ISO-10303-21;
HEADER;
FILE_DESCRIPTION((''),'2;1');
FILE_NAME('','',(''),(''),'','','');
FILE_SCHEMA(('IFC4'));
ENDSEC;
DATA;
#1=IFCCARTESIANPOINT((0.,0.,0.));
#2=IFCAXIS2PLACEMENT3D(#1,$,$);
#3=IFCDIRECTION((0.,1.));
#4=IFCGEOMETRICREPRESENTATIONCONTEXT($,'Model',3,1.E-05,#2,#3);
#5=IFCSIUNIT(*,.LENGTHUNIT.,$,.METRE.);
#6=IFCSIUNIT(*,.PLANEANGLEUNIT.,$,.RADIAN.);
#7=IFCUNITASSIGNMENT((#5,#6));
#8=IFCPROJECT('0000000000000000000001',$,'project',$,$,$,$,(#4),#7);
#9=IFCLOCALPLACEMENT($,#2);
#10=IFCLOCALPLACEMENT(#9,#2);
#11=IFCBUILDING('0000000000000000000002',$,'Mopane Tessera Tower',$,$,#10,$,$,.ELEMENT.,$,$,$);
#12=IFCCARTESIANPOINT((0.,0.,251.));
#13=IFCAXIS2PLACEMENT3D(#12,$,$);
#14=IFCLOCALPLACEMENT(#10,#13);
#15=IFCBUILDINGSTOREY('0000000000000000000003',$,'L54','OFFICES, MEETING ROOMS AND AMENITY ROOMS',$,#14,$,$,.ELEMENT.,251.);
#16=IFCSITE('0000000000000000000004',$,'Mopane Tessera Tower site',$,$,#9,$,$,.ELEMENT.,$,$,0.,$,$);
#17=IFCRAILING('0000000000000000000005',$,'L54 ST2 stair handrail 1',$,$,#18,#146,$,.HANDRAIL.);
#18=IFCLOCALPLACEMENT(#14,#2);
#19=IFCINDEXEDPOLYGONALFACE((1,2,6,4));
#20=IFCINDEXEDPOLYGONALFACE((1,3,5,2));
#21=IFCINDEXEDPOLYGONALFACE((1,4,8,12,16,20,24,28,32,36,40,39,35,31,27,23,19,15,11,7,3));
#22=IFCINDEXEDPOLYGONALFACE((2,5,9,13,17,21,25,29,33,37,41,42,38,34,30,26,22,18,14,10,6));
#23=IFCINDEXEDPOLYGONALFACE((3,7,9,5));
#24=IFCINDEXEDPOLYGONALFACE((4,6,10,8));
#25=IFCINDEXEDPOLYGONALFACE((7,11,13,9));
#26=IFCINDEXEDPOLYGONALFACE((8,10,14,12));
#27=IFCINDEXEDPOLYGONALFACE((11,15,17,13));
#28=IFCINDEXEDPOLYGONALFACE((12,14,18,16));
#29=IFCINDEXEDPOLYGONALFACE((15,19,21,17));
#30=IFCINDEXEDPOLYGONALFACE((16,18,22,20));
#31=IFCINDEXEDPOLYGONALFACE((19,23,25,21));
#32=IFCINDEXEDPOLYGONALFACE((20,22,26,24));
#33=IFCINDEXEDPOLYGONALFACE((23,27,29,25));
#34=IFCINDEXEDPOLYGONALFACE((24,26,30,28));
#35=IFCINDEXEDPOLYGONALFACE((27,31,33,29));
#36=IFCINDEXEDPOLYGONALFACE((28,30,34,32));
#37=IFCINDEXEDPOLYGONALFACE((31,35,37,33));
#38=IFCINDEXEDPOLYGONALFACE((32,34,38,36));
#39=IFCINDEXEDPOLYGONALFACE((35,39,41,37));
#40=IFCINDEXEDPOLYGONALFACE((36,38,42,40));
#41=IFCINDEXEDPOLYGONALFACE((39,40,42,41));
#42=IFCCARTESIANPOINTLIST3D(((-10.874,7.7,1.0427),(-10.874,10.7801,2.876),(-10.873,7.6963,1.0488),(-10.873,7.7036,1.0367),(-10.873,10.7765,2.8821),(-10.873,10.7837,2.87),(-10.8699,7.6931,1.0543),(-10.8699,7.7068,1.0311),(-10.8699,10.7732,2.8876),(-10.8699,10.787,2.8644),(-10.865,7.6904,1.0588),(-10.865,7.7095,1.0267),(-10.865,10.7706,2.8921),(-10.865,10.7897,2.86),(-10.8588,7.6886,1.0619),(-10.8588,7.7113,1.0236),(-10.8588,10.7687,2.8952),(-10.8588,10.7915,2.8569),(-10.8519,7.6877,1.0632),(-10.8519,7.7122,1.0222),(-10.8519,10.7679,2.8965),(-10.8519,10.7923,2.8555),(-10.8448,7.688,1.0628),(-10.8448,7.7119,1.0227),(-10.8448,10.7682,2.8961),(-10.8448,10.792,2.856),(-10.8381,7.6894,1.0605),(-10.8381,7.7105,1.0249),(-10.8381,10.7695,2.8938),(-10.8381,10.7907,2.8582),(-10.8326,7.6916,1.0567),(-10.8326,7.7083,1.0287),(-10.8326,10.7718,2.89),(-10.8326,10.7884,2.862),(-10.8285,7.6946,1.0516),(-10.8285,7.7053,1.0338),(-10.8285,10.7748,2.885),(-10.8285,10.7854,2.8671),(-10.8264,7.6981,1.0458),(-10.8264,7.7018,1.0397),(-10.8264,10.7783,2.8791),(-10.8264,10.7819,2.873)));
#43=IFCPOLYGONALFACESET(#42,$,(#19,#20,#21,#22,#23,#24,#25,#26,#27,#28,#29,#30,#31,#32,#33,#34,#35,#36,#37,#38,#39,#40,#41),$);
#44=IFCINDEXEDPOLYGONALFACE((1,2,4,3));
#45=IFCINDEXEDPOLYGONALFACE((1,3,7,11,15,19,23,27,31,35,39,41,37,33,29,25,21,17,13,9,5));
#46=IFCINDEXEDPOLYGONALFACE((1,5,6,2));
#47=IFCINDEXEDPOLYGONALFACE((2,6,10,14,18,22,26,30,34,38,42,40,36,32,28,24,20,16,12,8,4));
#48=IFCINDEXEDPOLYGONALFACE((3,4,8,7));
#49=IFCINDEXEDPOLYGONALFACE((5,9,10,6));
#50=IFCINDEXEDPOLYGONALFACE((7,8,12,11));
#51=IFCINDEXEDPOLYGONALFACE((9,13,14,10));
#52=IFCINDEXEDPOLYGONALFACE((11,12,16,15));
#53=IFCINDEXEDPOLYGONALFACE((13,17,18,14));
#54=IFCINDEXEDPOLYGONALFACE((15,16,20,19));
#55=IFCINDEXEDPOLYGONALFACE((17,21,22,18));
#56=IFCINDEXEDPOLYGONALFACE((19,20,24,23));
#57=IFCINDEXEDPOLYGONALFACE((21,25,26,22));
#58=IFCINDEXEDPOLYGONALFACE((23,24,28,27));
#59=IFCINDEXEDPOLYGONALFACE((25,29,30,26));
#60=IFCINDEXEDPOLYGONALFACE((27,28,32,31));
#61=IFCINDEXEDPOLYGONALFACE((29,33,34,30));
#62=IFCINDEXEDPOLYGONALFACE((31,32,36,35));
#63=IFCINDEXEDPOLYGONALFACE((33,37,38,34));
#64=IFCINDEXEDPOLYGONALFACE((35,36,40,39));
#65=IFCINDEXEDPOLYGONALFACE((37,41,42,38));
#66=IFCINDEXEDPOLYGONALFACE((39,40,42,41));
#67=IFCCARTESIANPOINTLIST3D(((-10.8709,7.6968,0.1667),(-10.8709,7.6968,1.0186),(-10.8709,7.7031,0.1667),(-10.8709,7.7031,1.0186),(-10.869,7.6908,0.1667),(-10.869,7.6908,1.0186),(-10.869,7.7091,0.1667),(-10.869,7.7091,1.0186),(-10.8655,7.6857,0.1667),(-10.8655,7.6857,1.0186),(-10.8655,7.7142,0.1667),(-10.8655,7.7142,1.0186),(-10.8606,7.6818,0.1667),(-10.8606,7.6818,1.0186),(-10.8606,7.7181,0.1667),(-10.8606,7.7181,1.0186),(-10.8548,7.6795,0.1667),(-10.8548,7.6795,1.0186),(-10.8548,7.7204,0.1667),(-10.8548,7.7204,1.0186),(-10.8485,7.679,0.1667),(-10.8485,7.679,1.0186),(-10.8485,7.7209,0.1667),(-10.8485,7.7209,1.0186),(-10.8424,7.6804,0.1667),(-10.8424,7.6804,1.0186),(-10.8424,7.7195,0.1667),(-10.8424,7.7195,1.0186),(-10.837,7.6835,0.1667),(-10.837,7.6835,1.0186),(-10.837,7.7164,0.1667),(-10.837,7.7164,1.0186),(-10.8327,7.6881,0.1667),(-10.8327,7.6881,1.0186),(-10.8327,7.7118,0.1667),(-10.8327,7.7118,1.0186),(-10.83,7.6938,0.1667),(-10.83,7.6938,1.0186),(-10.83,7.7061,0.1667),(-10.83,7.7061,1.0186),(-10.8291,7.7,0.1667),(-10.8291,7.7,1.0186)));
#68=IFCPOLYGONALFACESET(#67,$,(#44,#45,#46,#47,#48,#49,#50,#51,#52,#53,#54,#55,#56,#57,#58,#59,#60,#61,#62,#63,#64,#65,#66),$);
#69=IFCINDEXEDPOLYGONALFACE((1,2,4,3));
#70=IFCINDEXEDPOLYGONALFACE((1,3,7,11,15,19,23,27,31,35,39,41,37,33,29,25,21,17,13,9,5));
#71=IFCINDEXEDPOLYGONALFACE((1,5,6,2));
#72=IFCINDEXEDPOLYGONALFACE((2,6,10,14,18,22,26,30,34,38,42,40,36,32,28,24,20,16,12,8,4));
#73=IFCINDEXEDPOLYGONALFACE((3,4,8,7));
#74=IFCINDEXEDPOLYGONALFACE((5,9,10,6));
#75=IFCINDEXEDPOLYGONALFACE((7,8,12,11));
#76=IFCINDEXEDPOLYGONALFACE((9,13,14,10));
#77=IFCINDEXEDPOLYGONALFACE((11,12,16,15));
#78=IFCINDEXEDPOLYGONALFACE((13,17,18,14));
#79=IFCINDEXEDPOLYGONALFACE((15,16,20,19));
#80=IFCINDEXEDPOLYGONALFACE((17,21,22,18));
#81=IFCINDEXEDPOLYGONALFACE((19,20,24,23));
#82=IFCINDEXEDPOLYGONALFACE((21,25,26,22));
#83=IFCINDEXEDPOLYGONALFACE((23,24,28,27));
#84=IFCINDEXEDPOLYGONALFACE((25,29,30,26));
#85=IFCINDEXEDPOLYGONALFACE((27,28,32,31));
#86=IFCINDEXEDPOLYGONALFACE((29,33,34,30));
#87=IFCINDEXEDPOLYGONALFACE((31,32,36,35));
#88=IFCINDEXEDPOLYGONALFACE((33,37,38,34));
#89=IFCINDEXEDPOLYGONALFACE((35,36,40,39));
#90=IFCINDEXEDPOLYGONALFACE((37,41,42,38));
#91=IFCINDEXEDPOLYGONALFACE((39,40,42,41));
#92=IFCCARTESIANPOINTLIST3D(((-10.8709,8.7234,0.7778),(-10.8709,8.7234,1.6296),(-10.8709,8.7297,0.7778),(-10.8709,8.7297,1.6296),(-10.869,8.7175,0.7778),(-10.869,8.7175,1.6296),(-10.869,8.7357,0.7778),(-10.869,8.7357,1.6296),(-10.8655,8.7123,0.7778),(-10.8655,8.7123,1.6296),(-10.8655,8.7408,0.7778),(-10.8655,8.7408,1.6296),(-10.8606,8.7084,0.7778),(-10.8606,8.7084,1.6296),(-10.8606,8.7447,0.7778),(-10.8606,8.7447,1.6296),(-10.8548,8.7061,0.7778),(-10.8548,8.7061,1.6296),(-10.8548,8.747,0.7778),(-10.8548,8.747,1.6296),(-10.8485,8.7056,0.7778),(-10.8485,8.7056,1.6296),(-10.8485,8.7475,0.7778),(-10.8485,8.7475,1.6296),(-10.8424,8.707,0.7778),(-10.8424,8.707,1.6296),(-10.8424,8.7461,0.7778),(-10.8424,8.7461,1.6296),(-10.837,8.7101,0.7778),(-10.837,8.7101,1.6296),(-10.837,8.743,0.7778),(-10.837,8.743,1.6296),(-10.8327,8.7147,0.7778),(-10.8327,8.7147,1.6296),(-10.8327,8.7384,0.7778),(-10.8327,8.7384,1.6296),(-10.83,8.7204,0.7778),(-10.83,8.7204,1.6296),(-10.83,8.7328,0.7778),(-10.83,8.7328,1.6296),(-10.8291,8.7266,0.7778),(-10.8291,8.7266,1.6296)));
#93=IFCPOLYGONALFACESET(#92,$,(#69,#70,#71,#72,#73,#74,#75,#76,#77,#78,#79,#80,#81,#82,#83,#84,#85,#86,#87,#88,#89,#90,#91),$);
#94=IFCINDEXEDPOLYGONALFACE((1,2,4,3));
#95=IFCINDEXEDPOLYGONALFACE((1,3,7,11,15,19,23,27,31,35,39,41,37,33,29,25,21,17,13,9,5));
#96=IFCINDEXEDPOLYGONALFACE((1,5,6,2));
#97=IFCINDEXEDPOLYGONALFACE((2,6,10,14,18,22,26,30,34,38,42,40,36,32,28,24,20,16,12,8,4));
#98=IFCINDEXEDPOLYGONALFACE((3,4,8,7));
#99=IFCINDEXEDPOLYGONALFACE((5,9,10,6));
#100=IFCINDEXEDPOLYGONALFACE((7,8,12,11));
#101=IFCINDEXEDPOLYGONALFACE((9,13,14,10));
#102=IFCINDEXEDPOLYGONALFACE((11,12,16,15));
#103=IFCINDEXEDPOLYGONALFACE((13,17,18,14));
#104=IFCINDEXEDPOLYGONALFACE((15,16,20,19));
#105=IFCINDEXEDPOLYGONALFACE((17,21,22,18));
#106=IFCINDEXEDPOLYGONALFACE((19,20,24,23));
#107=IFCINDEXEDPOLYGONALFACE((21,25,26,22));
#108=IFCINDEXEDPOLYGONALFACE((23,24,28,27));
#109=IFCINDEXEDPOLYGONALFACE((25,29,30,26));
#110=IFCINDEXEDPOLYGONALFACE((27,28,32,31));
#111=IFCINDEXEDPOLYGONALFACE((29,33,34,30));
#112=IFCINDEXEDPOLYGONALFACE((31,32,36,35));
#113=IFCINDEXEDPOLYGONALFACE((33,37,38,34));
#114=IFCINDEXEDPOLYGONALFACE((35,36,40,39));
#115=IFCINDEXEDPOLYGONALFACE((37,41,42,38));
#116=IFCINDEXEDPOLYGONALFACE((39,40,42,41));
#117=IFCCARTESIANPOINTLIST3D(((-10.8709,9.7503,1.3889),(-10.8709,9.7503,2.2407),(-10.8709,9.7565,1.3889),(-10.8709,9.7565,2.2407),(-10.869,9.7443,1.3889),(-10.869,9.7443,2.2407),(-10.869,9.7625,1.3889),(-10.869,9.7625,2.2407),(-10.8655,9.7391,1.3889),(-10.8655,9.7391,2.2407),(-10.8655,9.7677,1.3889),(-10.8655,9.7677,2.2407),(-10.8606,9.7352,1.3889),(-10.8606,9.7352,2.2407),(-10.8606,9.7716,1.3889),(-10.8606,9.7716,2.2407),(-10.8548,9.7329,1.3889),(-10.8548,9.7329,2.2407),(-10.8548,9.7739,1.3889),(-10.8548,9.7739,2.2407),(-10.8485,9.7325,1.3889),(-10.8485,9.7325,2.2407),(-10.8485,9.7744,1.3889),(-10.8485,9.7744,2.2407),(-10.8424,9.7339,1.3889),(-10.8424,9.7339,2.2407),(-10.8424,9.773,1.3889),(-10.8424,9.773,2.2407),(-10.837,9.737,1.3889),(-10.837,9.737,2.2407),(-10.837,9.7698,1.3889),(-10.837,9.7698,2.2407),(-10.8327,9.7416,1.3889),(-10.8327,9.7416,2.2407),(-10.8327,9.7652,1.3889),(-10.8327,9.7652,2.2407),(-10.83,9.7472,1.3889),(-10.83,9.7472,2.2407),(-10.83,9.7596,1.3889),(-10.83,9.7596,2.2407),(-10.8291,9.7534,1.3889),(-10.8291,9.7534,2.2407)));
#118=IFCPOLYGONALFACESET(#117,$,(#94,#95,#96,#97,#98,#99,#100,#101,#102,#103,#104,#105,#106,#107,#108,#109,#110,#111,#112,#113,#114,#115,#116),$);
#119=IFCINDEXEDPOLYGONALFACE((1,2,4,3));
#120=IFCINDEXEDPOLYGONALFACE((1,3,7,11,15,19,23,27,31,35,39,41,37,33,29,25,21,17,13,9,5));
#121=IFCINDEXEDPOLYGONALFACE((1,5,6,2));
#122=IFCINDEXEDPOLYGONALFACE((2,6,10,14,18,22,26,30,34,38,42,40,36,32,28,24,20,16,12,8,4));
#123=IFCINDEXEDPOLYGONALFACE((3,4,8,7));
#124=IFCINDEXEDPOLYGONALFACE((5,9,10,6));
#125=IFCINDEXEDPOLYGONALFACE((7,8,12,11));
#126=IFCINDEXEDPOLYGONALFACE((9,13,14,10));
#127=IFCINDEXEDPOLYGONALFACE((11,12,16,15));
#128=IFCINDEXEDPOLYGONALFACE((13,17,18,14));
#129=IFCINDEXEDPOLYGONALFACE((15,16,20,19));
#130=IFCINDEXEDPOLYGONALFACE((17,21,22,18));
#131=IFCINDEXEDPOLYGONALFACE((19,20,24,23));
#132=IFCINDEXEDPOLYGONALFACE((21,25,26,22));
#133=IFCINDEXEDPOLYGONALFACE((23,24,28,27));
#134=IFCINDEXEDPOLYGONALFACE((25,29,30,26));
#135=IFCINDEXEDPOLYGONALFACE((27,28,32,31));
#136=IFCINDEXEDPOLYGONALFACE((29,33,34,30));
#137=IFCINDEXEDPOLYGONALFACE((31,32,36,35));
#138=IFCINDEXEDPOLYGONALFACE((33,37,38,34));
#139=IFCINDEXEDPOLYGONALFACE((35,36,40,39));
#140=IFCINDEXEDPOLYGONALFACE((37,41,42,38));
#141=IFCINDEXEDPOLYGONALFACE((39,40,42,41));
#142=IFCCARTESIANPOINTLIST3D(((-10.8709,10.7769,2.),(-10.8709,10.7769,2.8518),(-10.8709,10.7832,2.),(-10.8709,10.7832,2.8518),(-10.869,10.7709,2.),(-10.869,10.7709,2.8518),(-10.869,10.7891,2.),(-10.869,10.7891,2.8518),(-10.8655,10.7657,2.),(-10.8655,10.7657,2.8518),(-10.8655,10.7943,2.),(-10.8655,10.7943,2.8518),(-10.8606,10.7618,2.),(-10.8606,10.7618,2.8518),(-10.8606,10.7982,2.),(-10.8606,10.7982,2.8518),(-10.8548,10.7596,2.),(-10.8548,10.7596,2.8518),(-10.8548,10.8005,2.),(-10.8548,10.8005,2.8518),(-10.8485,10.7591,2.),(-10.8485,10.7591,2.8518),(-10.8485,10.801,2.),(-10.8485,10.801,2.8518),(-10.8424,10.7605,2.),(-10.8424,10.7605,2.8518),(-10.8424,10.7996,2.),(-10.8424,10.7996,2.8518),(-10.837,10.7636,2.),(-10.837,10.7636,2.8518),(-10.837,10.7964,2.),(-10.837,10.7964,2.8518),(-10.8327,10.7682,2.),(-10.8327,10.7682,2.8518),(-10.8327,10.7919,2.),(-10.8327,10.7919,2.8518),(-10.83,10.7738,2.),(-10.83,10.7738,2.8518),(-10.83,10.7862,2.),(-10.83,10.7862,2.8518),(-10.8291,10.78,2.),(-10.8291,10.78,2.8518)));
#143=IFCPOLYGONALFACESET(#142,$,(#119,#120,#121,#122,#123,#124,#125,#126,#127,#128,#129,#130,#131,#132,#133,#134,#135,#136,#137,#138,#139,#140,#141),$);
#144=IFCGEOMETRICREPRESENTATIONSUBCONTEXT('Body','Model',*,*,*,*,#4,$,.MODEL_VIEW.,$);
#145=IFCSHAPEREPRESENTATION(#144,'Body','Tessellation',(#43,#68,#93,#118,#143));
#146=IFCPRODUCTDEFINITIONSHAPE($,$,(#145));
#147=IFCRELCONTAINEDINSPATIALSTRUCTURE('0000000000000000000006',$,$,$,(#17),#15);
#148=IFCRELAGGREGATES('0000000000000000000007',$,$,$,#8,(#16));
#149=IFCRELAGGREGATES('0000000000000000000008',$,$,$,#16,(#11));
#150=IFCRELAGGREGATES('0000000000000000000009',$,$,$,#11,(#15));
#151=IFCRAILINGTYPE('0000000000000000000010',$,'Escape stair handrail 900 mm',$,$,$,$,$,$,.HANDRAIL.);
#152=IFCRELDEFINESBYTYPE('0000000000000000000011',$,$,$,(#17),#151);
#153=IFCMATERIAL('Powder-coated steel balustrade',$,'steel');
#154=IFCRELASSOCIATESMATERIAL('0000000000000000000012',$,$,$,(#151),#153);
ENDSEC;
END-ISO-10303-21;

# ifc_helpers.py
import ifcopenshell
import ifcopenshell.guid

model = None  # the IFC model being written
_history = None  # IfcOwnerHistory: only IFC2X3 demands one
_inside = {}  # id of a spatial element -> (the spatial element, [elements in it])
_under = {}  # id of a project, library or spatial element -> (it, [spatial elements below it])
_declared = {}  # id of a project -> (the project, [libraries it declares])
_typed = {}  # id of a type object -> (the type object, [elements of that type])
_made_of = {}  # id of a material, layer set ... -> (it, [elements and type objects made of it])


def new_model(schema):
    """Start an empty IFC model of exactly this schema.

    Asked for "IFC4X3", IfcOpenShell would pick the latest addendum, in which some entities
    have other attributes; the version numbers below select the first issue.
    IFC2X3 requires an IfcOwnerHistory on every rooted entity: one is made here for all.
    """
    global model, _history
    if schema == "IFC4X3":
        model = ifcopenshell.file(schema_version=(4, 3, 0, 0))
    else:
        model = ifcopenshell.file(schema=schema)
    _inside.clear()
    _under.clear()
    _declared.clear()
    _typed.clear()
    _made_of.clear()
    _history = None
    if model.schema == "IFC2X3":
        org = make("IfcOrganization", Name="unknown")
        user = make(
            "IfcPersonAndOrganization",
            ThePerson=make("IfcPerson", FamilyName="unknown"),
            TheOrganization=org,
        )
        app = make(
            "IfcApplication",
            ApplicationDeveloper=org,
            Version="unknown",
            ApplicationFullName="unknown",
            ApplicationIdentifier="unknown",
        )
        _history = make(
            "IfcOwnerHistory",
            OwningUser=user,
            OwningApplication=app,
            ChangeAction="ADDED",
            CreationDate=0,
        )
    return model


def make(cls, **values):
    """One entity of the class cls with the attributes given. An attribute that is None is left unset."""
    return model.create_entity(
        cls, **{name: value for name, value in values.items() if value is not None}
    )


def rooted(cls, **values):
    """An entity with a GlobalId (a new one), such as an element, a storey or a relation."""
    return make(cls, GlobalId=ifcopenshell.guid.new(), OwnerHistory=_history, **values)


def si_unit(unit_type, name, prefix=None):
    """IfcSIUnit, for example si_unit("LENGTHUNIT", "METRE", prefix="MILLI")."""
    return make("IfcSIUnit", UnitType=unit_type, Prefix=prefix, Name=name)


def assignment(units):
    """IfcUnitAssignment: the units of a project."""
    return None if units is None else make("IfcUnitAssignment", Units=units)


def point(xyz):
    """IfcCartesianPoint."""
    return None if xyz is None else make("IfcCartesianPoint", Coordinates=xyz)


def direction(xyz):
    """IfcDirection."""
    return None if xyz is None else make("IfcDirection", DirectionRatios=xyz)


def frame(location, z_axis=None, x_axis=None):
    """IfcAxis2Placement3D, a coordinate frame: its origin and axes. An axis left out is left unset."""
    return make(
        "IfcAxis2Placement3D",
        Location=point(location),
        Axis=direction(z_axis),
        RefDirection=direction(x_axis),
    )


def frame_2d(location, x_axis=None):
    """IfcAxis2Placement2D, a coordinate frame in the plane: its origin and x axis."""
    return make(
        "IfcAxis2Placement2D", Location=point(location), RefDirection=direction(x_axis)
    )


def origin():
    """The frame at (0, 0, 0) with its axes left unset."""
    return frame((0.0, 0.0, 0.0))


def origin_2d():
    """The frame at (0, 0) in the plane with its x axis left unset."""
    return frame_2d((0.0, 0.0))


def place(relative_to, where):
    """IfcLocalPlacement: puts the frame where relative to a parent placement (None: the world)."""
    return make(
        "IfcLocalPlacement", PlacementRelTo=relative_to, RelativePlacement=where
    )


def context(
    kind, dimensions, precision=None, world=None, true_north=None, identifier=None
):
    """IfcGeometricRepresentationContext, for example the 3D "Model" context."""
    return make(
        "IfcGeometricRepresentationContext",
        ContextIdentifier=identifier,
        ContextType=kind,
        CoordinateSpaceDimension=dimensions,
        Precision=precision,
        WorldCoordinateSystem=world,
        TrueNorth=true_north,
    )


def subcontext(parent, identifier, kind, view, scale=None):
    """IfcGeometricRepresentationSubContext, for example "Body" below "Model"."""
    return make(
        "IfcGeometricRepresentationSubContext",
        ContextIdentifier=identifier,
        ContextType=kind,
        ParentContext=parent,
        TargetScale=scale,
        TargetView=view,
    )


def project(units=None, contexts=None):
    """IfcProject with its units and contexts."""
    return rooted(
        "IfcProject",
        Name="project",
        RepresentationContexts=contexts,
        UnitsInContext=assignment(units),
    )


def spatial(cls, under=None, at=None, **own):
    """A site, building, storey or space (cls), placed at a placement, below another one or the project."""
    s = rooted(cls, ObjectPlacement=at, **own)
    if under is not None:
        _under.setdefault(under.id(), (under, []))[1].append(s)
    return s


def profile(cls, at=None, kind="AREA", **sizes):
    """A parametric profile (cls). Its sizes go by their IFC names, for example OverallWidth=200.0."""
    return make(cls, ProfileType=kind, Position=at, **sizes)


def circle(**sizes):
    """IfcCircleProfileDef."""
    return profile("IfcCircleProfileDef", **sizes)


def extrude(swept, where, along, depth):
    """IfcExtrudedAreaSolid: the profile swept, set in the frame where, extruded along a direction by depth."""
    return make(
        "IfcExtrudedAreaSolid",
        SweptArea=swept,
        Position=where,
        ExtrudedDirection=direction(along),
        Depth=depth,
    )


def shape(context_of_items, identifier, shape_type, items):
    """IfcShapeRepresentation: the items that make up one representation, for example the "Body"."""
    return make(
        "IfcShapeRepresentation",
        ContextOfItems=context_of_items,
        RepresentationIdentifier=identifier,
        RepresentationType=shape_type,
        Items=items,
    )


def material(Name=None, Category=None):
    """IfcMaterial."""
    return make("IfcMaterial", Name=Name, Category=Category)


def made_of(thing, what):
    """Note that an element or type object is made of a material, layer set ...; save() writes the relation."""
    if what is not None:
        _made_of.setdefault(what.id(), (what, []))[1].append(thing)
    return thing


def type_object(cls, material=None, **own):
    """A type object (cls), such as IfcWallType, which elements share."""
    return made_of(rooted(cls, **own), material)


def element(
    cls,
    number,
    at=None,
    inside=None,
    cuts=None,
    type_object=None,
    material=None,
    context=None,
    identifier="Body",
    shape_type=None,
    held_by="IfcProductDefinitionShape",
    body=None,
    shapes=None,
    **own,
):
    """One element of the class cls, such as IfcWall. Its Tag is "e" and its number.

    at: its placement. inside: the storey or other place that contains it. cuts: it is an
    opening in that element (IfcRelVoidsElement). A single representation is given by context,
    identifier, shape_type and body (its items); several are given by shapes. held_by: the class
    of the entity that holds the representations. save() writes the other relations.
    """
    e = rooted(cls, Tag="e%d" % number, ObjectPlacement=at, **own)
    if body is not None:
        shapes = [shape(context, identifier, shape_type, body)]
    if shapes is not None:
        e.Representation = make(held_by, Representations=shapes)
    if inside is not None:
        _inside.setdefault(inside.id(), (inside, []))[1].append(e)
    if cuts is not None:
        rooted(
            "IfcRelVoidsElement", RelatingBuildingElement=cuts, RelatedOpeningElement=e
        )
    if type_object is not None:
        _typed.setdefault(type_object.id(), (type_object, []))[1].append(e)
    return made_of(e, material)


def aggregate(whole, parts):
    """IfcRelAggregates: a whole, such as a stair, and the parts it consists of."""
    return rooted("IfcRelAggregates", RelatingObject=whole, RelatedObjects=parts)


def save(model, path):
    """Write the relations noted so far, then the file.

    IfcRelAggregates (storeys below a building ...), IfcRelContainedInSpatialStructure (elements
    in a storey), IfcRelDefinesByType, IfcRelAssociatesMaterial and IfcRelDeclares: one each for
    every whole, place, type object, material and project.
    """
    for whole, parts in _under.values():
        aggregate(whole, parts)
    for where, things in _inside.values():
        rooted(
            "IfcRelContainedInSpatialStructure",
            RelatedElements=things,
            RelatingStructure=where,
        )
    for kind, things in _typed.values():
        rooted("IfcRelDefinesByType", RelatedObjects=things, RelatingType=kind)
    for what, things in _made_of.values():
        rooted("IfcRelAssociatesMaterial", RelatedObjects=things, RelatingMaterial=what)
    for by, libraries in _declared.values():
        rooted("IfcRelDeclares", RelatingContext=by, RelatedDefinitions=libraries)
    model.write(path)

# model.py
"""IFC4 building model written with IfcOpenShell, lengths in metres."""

from ifc_helpers import new_model, si_unit, direction, frame, origin, origin_2d, place, context, subcontext, project, spatial, circle, extrude, material, type_object, element, save


model = new_model("IFC4")

# Units and contexts
model_context = context("Model", 3, precision=1e-05, world=origin(), true_north=direction((0.0, 1.0)))
body_context = subcontext(model_context, "Body", "Model", "MODEL_VIEW")
ifc_project = project(units=[si_unit("LENGTHUNIT", "METRE"), si_unit("PLANEANGLEUNIT", "RADIAN")], contexts=[model_context])

# Site, building, storey
site_placement = place(None, origin())
site = spatial("IfcSite", under=ifc_project, at=site_placement, Name="Mopane Tessera Tower site", CompositionType="ELEMENT", RefElevation=0.0)
building_placement = place(site_placement, origin())
building = spatial("IfcBuilding", under=site, at=building_placement, Name="Mopane Tessera Tower", CompositionType="ELEMENT")
storey_placement = place(building_placement, frame((0.0, 0.0, 251.0)))
storey = spatial("IfcBuildingStorey", under=building, at=storey_placement, Name="L54", Description="OFFICES, MEETING ROOMS AND AMENITY ROOMS", CompositionType="ELEMENT", Elevation=251.0)

# Railing
ifc_material_1 = material(Name="Powder-coated steel balustrade", Category="steel")
railing_type_1 = type_object("IfcRailingType", Name="Escape stair handrail 900 mm", PredefinedType="HANDRAIL", material=ifc_material_1)
railing_1_placement = place(storey_placement, frame((-10.8501, 7.7, 0.1667)))
element("IfcRailing", 1, at=railing_1_placement, inside=storey, type_object=railing_type_1, Name="L54 ST2 stair handrail 1", PredefinedType="HANDRAIL", context=body_context, shape_type="SweptSolid", body=[
    extrude(circle(Radius=0.0239, at=origin_2d()), frame((0.0, 0.0, 0.876), z_axis=(0.0, 0.859309, 0.511458), x_axis=(-1.0, 0.0, 0.0)), (0.0, 0.0, 1.0), 3.5845),
    extrude(circle(Radius=0.021, at=origin_2d()), origin(), (0.0, 0.0, 1.0), 0.8518),
    extrude(circle(Radius=0.021, at=origin_2d()), frame((0.0, 1.0266, 0.6111)), (0.0, 0.0, 1.0), 0.8518),
    extrude(circle(Radius=0.021, at=origin_2d()), frame((0.0, 2.0535, 1.2222)), (0.0, 0.0, 1.0), 0.8518),
    extrude(circle(Radius=0.021, at=origin_2d()), frame((0.0, 3.0801, 1.8333)), (0.0, 0.0, 1.0), 0.8518),
])

save(model, "model.ifc")
